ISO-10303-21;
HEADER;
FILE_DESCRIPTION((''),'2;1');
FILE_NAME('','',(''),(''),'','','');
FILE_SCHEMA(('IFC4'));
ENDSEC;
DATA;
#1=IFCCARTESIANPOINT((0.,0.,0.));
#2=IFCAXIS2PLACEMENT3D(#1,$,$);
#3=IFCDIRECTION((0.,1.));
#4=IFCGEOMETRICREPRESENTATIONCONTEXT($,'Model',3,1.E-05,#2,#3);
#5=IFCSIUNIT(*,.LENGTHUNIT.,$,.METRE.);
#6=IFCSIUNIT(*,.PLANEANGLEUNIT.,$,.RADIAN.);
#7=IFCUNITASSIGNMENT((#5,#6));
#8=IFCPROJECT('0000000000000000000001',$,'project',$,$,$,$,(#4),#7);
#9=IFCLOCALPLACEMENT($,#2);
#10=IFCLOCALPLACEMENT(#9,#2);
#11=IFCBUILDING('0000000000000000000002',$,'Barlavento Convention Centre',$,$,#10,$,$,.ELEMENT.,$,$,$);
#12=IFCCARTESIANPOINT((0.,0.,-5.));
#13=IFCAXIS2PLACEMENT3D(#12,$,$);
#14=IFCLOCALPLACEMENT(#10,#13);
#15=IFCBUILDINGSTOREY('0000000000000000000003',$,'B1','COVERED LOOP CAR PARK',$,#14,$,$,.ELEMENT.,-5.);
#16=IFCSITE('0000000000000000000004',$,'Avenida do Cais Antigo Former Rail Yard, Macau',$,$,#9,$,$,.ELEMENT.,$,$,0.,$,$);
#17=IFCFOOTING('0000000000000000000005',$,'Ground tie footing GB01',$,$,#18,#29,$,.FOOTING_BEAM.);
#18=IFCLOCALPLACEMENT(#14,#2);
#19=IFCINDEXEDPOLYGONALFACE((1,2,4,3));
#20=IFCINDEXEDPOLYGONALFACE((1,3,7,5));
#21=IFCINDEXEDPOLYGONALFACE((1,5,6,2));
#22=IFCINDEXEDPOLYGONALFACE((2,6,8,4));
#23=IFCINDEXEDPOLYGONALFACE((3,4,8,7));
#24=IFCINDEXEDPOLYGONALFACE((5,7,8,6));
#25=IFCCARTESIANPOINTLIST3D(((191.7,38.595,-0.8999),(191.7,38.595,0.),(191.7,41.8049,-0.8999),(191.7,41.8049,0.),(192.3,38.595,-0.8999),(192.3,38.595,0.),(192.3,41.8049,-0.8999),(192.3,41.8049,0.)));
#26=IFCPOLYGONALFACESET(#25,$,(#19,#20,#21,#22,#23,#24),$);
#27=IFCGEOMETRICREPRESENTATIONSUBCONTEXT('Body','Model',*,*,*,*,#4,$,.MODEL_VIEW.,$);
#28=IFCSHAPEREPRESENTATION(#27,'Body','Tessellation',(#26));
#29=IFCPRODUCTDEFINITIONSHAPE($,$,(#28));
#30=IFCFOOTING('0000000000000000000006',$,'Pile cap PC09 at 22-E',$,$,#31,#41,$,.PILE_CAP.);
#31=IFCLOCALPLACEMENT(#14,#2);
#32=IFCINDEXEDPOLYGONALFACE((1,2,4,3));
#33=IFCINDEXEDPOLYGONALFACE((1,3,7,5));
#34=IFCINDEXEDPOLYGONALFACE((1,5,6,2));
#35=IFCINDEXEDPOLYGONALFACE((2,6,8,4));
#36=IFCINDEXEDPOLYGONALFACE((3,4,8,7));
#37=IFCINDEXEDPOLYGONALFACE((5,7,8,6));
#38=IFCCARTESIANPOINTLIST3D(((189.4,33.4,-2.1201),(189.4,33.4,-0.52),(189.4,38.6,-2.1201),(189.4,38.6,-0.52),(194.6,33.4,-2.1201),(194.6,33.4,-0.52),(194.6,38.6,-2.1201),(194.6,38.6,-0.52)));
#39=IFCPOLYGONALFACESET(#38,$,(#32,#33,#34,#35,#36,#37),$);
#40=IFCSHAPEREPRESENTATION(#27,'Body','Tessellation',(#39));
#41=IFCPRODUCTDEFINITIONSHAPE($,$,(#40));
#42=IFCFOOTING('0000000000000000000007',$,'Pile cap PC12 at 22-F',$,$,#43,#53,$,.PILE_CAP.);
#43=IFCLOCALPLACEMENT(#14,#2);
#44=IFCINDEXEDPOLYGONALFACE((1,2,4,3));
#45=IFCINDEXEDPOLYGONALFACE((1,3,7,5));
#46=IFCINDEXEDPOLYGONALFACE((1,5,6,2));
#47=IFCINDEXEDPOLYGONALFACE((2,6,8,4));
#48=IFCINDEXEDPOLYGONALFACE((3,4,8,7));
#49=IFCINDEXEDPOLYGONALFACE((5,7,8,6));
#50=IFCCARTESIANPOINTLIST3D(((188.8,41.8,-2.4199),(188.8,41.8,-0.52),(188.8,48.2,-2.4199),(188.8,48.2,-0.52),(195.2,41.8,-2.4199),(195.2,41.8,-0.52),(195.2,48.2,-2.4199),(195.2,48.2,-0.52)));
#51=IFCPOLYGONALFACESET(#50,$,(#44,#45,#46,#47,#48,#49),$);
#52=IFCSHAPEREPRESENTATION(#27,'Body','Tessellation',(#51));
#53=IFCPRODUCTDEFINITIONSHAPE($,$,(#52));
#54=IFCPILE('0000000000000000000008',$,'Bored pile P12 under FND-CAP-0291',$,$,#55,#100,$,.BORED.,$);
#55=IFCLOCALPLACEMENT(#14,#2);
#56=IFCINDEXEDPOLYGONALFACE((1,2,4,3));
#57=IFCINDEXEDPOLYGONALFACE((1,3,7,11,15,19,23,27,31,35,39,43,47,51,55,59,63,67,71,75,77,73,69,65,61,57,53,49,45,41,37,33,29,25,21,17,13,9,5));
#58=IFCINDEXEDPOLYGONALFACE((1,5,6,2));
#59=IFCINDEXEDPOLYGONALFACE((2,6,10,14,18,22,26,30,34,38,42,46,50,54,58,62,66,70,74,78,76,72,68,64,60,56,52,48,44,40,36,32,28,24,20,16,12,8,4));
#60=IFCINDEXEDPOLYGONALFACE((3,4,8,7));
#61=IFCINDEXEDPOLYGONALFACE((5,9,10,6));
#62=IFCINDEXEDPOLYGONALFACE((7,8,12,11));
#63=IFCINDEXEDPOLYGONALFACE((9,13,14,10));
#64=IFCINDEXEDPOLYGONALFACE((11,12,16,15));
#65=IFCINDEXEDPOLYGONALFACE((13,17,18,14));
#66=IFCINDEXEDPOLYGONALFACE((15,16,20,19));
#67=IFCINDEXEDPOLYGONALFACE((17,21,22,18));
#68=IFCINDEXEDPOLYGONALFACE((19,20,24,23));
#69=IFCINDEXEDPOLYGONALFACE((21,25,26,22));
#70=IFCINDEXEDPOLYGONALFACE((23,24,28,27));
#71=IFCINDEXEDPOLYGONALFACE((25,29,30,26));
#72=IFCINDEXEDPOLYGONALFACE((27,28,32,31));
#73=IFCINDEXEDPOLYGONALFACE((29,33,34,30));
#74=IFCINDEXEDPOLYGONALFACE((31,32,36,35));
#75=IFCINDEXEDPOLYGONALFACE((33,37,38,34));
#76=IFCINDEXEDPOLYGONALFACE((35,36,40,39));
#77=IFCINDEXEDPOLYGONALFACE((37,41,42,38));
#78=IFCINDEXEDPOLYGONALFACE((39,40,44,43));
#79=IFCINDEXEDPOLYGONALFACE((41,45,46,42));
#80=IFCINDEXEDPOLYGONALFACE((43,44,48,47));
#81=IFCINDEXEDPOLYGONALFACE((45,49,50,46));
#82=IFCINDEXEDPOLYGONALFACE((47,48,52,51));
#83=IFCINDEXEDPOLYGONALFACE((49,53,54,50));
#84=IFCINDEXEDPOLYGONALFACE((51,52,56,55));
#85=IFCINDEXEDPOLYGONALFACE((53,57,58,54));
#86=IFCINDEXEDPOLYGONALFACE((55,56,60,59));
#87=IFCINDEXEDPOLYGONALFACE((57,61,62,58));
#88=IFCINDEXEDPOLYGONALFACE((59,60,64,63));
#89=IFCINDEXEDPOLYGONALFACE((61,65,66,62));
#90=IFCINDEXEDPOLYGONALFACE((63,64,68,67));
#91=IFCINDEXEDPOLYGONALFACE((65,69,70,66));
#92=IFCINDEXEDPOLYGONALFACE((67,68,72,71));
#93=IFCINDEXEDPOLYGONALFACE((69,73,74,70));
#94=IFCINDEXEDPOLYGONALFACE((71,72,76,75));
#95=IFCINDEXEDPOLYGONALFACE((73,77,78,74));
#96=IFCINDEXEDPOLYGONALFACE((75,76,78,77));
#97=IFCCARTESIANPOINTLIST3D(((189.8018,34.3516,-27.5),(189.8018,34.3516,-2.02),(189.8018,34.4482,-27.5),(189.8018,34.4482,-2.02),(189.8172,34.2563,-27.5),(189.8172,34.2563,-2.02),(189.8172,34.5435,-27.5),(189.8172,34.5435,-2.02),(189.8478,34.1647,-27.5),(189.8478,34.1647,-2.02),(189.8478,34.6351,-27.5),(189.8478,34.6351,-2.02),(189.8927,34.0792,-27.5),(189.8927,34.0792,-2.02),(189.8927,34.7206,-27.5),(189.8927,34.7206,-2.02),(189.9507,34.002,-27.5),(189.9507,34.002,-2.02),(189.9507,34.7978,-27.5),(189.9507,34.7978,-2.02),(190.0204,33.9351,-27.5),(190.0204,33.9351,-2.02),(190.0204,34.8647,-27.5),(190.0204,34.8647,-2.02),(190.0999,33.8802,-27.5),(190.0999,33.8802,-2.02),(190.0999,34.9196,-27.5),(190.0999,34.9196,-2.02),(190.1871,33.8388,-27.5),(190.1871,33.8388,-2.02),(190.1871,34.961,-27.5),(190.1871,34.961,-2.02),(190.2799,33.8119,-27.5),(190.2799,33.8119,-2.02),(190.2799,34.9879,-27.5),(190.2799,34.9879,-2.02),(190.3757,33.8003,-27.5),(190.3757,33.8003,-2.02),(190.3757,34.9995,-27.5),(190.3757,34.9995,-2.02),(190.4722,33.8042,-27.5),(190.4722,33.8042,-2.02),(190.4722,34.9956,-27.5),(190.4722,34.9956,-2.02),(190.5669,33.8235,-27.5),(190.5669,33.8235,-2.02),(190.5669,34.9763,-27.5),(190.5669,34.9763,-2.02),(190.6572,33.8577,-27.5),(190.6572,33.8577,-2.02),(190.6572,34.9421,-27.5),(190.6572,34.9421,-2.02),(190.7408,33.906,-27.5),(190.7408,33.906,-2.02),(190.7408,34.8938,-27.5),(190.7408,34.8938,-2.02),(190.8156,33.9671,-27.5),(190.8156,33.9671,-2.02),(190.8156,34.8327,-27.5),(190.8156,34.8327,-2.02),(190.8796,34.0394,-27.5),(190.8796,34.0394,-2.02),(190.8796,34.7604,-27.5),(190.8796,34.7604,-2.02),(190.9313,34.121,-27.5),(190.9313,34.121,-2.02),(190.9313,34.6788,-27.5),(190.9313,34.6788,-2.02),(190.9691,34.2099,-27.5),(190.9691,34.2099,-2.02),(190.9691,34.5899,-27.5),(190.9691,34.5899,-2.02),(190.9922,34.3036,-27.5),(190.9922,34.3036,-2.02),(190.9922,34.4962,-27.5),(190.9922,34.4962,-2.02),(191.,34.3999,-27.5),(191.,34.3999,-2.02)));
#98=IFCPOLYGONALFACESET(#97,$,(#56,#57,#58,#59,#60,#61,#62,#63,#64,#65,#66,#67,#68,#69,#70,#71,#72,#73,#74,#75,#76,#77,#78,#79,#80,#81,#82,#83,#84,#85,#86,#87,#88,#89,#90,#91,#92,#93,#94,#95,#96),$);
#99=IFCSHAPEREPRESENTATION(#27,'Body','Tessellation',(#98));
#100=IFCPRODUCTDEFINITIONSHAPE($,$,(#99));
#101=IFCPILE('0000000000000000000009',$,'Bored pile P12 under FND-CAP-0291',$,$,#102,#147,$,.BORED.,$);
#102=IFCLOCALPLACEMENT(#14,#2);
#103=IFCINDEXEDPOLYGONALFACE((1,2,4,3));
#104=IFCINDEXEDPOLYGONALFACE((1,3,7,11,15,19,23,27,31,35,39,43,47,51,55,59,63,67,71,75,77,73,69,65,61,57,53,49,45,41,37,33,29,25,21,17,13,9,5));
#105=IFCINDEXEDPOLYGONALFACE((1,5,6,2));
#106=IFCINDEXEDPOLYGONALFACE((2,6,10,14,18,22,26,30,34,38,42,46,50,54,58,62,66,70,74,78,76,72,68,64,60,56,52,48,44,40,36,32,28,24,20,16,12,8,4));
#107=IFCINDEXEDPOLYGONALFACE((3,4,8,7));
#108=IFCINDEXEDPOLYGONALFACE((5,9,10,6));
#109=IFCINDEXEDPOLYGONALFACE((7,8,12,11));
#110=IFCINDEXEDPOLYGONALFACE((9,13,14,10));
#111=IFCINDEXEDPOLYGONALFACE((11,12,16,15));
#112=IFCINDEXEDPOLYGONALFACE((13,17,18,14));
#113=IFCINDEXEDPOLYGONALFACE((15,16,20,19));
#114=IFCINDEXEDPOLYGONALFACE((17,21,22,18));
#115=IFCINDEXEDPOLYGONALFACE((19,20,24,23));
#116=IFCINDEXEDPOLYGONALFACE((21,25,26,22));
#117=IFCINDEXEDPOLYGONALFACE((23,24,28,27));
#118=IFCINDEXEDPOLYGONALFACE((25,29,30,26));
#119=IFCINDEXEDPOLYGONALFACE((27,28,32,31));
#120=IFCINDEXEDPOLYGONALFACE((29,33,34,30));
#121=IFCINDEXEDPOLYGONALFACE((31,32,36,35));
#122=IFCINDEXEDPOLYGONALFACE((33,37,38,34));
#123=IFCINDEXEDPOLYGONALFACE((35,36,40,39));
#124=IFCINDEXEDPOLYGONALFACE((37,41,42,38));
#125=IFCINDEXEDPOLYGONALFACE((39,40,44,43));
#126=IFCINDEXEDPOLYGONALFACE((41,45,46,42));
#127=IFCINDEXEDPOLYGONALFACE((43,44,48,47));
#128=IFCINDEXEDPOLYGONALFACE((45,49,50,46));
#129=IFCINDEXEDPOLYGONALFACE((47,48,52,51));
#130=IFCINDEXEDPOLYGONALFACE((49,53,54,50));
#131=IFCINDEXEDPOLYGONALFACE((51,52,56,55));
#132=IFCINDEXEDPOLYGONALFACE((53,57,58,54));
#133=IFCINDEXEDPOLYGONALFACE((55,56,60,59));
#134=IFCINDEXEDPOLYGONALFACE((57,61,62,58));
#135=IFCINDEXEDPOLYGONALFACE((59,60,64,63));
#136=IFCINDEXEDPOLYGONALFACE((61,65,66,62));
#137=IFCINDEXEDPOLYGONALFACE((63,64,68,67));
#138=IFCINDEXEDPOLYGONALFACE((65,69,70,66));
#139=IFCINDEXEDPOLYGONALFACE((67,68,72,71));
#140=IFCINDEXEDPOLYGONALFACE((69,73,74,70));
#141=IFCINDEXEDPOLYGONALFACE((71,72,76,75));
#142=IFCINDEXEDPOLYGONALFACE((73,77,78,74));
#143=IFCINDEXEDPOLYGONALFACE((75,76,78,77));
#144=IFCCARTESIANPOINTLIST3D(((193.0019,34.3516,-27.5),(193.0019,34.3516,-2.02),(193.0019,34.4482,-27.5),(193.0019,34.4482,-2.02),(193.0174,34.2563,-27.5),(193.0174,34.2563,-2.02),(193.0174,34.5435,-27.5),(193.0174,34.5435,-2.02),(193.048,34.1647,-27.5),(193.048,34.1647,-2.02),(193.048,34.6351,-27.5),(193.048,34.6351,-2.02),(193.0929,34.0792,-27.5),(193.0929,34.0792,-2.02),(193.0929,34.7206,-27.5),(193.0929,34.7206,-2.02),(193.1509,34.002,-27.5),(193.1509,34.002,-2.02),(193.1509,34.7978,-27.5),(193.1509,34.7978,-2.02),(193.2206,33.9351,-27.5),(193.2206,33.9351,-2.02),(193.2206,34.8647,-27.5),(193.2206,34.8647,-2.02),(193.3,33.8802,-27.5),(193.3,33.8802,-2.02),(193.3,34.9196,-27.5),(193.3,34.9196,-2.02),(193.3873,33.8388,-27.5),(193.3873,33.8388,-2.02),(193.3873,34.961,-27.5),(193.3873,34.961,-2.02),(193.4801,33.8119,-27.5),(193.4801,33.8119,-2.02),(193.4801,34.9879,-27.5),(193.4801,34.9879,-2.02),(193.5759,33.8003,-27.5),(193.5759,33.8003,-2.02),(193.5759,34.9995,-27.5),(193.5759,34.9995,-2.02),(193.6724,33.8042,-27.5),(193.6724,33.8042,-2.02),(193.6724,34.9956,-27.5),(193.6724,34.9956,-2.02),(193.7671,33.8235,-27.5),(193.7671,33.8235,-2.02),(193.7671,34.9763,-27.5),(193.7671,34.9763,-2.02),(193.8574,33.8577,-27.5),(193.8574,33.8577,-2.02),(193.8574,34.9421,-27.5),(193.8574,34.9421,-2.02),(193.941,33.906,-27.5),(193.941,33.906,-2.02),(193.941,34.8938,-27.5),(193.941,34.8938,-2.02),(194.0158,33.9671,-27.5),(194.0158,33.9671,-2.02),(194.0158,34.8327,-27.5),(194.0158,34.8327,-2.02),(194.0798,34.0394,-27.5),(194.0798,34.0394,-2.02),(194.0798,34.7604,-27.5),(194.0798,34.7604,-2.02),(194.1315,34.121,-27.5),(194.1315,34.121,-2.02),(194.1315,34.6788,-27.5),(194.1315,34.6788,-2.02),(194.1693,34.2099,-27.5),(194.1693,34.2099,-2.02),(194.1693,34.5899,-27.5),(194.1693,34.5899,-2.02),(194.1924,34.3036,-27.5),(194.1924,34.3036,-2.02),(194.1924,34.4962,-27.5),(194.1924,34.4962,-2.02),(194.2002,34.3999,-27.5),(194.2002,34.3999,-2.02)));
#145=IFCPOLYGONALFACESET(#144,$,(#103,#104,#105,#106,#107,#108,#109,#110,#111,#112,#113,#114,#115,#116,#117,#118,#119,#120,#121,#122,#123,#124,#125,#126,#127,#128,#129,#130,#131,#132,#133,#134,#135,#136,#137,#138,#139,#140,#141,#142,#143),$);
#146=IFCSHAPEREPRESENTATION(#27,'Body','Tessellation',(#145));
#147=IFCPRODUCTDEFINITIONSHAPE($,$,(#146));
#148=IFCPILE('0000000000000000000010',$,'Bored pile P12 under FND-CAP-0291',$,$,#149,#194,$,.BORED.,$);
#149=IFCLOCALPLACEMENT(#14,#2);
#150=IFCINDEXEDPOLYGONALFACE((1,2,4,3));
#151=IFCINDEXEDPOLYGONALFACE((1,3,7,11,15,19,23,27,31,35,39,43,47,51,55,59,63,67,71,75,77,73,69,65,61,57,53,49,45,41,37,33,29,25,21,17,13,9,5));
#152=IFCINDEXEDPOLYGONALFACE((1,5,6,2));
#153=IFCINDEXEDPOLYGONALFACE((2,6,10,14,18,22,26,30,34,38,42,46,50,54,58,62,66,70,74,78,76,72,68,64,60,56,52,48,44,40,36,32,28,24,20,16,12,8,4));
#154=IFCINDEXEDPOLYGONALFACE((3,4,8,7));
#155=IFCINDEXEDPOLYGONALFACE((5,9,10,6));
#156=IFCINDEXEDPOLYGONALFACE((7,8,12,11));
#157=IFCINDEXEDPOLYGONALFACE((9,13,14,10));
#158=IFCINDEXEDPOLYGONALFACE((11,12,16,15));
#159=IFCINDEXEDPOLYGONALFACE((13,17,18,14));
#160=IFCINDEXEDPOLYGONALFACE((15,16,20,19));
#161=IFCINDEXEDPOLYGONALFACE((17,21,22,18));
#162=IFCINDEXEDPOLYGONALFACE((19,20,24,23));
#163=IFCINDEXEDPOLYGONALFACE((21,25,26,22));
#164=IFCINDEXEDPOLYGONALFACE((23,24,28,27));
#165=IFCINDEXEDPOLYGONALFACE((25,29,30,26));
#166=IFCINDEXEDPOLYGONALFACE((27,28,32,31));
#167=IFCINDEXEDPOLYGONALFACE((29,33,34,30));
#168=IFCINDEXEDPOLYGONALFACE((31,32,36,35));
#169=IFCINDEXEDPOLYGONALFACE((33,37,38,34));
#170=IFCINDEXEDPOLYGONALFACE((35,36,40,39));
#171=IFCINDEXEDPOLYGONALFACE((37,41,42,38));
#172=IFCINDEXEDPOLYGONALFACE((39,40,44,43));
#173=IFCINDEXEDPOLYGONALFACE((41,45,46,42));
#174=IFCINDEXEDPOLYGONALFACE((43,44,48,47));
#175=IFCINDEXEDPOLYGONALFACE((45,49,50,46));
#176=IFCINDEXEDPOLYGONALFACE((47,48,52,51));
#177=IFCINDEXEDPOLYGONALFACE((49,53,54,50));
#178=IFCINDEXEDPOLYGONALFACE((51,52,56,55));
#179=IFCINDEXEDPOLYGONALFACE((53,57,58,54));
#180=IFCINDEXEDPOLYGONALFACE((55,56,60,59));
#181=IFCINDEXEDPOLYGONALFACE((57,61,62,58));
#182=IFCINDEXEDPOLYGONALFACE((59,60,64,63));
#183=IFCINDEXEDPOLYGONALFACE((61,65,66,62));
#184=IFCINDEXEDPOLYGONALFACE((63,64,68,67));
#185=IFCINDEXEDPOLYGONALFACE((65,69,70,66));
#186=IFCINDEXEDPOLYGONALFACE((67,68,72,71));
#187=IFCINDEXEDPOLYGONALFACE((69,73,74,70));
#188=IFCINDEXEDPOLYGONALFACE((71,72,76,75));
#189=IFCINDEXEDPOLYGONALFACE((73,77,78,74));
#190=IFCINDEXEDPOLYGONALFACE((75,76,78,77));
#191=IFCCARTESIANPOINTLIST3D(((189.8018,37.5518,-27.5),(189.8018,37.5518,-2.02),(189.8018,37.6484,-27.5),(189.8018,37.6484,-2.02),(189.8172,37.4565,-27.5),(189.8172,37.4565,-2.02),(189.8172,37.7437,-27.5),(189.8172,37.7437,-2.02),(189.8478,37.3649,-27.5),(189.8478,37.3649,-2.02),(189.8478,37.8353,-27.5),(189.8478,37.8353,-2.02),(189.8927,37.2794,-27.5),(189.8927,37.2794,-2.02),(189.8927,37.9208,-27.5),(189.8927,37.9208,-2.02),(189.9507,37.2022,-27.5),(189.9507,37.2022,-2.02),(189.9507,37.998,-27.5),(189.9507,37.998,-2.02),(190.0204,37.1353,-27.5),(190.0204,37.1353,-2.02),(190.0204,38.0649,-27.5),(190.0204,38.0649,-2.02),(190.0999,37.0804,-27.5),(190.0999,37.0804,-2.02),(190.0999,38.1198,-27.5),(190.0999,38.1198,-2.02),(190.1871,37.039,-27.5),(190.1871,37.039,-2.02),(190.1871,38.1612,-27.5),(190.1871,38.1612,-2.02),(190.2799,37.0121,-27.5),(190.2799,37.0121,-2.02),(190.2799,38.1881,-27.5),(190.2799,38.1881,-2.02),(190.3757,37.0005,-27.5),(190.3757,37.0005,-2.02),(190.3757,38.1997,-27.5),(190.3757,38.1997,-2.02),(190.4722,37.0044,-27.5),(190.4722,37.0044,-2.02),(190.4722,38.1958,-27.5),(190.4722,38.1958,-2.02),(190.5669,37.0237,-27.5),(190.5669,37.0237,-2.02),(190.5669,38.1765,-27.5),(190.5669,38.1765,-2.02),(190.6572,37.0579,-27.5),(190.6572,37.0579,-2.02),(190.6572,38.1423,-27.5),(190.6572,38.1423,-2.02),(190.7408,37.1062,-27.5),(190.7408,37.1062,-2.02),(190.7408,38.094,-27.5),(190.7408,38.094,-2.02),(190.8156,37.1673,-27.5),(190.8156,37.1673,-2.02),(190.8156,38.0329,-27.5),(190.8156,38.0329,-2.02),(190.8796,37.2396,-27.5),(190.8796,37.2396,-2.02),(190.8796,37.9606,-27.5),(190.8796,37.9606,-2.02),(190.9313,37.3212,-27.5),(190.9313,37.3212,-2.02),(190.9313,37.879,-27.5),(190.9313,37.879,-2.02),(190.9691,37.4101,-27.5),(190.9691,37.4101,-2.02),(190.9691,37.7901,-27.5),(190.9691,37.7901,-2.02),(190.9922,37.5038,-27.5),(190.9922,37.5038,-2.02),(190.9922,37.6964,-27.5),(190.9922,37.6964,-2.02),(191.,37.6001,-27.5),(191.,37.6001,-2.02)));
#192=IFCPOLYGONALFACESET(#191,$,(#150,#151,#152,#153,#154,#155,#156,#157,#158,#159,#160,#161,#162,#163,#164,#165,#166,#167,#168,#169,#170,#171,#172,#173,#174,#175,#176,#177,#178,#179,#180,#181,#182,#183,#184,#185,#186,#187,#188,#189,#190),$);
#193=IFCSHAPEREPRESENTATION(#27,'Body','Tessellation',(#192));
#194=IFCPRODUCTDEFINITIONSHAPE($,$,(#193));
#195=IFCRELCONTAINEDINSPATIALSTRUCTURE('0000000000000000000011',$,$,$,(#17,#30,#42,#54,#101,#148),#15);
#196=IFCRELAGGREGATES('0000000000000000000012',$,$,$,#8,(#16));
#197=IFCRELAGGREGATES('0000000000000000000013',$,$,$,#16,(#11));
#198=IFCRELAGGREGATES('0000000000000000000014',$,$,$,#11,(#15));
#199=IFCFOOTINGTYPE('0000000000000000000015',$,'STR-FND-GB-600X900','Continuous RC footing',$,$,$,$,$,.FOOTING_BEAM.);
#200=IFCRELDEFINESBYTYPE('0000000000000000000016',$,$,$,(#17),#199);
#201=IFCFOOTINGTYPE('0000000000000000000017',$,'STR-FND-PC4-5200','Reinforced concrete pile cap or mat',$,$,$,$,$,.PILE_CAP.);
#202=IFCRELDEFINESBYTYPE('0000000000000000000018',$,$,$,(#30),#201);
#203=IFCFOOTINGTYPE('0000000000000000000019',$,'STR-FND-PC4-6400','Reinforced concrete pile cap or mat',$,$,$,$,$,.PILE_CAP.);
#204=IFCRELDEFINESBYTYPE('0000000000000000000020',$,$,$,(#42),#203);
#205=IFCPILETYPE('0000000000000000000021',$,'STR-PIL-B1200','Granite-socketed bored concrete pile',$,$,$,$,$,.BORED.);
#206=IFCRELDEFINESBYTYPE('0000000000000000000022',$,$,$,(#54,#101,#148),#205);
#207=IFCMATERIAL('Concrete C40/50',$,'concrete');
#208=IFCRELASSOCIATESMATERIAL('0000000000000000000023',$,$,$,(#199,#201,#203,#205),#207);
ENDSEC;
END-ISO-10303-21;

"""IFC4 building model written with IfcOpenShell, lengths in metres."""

from ifc_helpers import new_model, si_unit, direction, frame, origin, origin_2d, place, context, subcontext, project, spatial, rectangle, circle, extrude, material, material_profile, profile_set, type_object, element, save


model = new_model("IFC4")

# Units and contexts
model_context = context("Model", 3, precision=1e-05, world=origin(), true_north=direction((0.0, 1.0)))
body_context = subcontext(model_context, "Body", "Model", "MODEL_VIEW")
ifc_project = project(units=[si_unit("LENGTHUNIT", "METRE"), si_unit("PLANEANGLEUNIT", "RADIAN")], contexts=[model_context])

# Site, building, storey
site_placement = place(None, origin())
site = spatial("IfcSite", under=ifc_project, at=site_placement, Name="Avenida do Cais Antigo Former Rail Yard, Macau", CompositionType="ELEMENT", RefElevation=0.0)
building_placement = place(site_placement, origin())
building = spatial("IfcBuilding", under=site, at=building_placement, Name="Barlavento Convention Centre", CompositionType="ELEMENT")
storey_placement = place(building_placement, frame((0.0, 0.0, -5.0)))
storey = spatial("IfcBuildingStorey", under=building, at=storey_placement, Name="B1", Description="COVERED LOOP CAR PARK", CompositionType="ELEMENT", Elevation=-5.0)

# Footings
ifc_material_1 = material(Name="Concrete C40/50", Category="concrete")
footing_type_1 = type_object("IfcFootingType", Name="STR-FND-GB-600X900", Description="Continuous RC footing", PredefinedType="FOOTING_BEAM", material=ifc_material_1)
footing_1_placement = place(storey_placement, frame((192.0, 40.2, -0.8999), z_axis=(0.0, 0.0, 1.0), x_axis=(1.0, 0.0, 0.0)))
element("IfcFooting", 1, at=footing_1_placement, inside=storey, type_object=footing_type_1, Name="Ground tie footing GB01", PredefinedType="FOOTING_BEAM", context=body_context, shape_type="SweptSolid", body=[
    extrude(rectangle(XDim=0.6001, YDim=3.21, at=origin_2d()), origin(), (0.0, 0.0, 1.0), 0.8999),
])
footing_type_2 = type_object("IfcFootingType", Name="STR-FND-PC4-5200", Description="Reinforced concrete pile cap or mat", PredefinedType="PILE_CAP", material=ifc_material_1)
footing_2_placement = place(storey_placement, frame((192.0, 36.0, -2.1201), z_axis=(0.0, 0.0, 1.0), x_axis=(1.0, 0.0, 0.0)))
element("IfcFooting", 2, at=footing_2_placement, inside=storey, type_object=footing_type_2, Name="Pile cap PC09 at 22-E", PredefinedType="PILE_CAP", context=body_context, shape_type="SweptSolid", body=[
    extrude(rectangle(XDim=5.2, YDim=5.2, at=origin_2d()), origin(), (0.0, 0.0, 1.0), 1.6001),
])
footing_type_3 = type_object("IfcFootingType", Name="STR-FND-PC4-6400", Description="Reinforced concrete pile cap or mat", PredefinedType="PILE_CAP", material=ifc_material_1)
footing_3_placement = place(storey_placement, frame((192.0, 45.0, -2.4199), z_axis=(0.0, 0.0, 1.0), x_axis=(1.0, 0.0, 0.0)))
element("IfcFooting", 3, at=footing_3_placement, inside=storey, type_object=footing_type_3, Name="Pile cap PC12 at 22-F", PredefinedType="PILE_CAP", context=body_context, shape_type="SweptSolid", body=[
    extrude(rectangle(XDim=6.3999, YDim=6.3999, at=origin_2d()), origin(), (0.0, 0.0, 1.0), 1.8999),
])

# Piles
ifc_material_profile_1 = material_profile(ifc_material_1, circle(Radius=0.6001, at=origin_2d()), Name="BORED PILE 1200")
ifc_profile_set_1 = profile_set([ifc_material_profile_1], Name="Concrete C40/50")
pile_type_1 = type_object("IfcPileType", Name="STR-PIL-B1200", Description="Granite-socketed bored concrete pile", PredefinedType="BORED", material=ifc_profile_set_1)
for number, where, z_axis, x_axis, name in (
    (4, (190.3999, 34.3999, -2.02), (0.0, 0.0, -1.0), (1.0, 0.0, 0.0), "Bored pile P12 under FND-CAP-0291"),
    (5, (193.6001, 34.3999, -2.02), (0.0, 0.0, -1.0), (1.0, 0.0, 0.0), "Bored pile P12 under FND-CAP-0291"),
    (6, (190.3999, 37.6001, -2.02), (0.0, 0.0, -1.0), (1.0, 0.0, 0.0), "Bored pile P12 under FND-CAP-0291"),
):
    element("IfcPile", number, at=place(storey_placement, frame(where, z_axis=z_axis, x_axis=x_axis)), inside=storey, type_object=pile_type_1, Name=name, PredefinedType="BORED", context=body_context, shape_type="SweptSolid", body=[
        extrude(circle(Radius=0.6001, at=origin_2d()), origin(), (0.0, 0.0, 1.0), 25.48),
    ])

save(model, "model.ifc")
